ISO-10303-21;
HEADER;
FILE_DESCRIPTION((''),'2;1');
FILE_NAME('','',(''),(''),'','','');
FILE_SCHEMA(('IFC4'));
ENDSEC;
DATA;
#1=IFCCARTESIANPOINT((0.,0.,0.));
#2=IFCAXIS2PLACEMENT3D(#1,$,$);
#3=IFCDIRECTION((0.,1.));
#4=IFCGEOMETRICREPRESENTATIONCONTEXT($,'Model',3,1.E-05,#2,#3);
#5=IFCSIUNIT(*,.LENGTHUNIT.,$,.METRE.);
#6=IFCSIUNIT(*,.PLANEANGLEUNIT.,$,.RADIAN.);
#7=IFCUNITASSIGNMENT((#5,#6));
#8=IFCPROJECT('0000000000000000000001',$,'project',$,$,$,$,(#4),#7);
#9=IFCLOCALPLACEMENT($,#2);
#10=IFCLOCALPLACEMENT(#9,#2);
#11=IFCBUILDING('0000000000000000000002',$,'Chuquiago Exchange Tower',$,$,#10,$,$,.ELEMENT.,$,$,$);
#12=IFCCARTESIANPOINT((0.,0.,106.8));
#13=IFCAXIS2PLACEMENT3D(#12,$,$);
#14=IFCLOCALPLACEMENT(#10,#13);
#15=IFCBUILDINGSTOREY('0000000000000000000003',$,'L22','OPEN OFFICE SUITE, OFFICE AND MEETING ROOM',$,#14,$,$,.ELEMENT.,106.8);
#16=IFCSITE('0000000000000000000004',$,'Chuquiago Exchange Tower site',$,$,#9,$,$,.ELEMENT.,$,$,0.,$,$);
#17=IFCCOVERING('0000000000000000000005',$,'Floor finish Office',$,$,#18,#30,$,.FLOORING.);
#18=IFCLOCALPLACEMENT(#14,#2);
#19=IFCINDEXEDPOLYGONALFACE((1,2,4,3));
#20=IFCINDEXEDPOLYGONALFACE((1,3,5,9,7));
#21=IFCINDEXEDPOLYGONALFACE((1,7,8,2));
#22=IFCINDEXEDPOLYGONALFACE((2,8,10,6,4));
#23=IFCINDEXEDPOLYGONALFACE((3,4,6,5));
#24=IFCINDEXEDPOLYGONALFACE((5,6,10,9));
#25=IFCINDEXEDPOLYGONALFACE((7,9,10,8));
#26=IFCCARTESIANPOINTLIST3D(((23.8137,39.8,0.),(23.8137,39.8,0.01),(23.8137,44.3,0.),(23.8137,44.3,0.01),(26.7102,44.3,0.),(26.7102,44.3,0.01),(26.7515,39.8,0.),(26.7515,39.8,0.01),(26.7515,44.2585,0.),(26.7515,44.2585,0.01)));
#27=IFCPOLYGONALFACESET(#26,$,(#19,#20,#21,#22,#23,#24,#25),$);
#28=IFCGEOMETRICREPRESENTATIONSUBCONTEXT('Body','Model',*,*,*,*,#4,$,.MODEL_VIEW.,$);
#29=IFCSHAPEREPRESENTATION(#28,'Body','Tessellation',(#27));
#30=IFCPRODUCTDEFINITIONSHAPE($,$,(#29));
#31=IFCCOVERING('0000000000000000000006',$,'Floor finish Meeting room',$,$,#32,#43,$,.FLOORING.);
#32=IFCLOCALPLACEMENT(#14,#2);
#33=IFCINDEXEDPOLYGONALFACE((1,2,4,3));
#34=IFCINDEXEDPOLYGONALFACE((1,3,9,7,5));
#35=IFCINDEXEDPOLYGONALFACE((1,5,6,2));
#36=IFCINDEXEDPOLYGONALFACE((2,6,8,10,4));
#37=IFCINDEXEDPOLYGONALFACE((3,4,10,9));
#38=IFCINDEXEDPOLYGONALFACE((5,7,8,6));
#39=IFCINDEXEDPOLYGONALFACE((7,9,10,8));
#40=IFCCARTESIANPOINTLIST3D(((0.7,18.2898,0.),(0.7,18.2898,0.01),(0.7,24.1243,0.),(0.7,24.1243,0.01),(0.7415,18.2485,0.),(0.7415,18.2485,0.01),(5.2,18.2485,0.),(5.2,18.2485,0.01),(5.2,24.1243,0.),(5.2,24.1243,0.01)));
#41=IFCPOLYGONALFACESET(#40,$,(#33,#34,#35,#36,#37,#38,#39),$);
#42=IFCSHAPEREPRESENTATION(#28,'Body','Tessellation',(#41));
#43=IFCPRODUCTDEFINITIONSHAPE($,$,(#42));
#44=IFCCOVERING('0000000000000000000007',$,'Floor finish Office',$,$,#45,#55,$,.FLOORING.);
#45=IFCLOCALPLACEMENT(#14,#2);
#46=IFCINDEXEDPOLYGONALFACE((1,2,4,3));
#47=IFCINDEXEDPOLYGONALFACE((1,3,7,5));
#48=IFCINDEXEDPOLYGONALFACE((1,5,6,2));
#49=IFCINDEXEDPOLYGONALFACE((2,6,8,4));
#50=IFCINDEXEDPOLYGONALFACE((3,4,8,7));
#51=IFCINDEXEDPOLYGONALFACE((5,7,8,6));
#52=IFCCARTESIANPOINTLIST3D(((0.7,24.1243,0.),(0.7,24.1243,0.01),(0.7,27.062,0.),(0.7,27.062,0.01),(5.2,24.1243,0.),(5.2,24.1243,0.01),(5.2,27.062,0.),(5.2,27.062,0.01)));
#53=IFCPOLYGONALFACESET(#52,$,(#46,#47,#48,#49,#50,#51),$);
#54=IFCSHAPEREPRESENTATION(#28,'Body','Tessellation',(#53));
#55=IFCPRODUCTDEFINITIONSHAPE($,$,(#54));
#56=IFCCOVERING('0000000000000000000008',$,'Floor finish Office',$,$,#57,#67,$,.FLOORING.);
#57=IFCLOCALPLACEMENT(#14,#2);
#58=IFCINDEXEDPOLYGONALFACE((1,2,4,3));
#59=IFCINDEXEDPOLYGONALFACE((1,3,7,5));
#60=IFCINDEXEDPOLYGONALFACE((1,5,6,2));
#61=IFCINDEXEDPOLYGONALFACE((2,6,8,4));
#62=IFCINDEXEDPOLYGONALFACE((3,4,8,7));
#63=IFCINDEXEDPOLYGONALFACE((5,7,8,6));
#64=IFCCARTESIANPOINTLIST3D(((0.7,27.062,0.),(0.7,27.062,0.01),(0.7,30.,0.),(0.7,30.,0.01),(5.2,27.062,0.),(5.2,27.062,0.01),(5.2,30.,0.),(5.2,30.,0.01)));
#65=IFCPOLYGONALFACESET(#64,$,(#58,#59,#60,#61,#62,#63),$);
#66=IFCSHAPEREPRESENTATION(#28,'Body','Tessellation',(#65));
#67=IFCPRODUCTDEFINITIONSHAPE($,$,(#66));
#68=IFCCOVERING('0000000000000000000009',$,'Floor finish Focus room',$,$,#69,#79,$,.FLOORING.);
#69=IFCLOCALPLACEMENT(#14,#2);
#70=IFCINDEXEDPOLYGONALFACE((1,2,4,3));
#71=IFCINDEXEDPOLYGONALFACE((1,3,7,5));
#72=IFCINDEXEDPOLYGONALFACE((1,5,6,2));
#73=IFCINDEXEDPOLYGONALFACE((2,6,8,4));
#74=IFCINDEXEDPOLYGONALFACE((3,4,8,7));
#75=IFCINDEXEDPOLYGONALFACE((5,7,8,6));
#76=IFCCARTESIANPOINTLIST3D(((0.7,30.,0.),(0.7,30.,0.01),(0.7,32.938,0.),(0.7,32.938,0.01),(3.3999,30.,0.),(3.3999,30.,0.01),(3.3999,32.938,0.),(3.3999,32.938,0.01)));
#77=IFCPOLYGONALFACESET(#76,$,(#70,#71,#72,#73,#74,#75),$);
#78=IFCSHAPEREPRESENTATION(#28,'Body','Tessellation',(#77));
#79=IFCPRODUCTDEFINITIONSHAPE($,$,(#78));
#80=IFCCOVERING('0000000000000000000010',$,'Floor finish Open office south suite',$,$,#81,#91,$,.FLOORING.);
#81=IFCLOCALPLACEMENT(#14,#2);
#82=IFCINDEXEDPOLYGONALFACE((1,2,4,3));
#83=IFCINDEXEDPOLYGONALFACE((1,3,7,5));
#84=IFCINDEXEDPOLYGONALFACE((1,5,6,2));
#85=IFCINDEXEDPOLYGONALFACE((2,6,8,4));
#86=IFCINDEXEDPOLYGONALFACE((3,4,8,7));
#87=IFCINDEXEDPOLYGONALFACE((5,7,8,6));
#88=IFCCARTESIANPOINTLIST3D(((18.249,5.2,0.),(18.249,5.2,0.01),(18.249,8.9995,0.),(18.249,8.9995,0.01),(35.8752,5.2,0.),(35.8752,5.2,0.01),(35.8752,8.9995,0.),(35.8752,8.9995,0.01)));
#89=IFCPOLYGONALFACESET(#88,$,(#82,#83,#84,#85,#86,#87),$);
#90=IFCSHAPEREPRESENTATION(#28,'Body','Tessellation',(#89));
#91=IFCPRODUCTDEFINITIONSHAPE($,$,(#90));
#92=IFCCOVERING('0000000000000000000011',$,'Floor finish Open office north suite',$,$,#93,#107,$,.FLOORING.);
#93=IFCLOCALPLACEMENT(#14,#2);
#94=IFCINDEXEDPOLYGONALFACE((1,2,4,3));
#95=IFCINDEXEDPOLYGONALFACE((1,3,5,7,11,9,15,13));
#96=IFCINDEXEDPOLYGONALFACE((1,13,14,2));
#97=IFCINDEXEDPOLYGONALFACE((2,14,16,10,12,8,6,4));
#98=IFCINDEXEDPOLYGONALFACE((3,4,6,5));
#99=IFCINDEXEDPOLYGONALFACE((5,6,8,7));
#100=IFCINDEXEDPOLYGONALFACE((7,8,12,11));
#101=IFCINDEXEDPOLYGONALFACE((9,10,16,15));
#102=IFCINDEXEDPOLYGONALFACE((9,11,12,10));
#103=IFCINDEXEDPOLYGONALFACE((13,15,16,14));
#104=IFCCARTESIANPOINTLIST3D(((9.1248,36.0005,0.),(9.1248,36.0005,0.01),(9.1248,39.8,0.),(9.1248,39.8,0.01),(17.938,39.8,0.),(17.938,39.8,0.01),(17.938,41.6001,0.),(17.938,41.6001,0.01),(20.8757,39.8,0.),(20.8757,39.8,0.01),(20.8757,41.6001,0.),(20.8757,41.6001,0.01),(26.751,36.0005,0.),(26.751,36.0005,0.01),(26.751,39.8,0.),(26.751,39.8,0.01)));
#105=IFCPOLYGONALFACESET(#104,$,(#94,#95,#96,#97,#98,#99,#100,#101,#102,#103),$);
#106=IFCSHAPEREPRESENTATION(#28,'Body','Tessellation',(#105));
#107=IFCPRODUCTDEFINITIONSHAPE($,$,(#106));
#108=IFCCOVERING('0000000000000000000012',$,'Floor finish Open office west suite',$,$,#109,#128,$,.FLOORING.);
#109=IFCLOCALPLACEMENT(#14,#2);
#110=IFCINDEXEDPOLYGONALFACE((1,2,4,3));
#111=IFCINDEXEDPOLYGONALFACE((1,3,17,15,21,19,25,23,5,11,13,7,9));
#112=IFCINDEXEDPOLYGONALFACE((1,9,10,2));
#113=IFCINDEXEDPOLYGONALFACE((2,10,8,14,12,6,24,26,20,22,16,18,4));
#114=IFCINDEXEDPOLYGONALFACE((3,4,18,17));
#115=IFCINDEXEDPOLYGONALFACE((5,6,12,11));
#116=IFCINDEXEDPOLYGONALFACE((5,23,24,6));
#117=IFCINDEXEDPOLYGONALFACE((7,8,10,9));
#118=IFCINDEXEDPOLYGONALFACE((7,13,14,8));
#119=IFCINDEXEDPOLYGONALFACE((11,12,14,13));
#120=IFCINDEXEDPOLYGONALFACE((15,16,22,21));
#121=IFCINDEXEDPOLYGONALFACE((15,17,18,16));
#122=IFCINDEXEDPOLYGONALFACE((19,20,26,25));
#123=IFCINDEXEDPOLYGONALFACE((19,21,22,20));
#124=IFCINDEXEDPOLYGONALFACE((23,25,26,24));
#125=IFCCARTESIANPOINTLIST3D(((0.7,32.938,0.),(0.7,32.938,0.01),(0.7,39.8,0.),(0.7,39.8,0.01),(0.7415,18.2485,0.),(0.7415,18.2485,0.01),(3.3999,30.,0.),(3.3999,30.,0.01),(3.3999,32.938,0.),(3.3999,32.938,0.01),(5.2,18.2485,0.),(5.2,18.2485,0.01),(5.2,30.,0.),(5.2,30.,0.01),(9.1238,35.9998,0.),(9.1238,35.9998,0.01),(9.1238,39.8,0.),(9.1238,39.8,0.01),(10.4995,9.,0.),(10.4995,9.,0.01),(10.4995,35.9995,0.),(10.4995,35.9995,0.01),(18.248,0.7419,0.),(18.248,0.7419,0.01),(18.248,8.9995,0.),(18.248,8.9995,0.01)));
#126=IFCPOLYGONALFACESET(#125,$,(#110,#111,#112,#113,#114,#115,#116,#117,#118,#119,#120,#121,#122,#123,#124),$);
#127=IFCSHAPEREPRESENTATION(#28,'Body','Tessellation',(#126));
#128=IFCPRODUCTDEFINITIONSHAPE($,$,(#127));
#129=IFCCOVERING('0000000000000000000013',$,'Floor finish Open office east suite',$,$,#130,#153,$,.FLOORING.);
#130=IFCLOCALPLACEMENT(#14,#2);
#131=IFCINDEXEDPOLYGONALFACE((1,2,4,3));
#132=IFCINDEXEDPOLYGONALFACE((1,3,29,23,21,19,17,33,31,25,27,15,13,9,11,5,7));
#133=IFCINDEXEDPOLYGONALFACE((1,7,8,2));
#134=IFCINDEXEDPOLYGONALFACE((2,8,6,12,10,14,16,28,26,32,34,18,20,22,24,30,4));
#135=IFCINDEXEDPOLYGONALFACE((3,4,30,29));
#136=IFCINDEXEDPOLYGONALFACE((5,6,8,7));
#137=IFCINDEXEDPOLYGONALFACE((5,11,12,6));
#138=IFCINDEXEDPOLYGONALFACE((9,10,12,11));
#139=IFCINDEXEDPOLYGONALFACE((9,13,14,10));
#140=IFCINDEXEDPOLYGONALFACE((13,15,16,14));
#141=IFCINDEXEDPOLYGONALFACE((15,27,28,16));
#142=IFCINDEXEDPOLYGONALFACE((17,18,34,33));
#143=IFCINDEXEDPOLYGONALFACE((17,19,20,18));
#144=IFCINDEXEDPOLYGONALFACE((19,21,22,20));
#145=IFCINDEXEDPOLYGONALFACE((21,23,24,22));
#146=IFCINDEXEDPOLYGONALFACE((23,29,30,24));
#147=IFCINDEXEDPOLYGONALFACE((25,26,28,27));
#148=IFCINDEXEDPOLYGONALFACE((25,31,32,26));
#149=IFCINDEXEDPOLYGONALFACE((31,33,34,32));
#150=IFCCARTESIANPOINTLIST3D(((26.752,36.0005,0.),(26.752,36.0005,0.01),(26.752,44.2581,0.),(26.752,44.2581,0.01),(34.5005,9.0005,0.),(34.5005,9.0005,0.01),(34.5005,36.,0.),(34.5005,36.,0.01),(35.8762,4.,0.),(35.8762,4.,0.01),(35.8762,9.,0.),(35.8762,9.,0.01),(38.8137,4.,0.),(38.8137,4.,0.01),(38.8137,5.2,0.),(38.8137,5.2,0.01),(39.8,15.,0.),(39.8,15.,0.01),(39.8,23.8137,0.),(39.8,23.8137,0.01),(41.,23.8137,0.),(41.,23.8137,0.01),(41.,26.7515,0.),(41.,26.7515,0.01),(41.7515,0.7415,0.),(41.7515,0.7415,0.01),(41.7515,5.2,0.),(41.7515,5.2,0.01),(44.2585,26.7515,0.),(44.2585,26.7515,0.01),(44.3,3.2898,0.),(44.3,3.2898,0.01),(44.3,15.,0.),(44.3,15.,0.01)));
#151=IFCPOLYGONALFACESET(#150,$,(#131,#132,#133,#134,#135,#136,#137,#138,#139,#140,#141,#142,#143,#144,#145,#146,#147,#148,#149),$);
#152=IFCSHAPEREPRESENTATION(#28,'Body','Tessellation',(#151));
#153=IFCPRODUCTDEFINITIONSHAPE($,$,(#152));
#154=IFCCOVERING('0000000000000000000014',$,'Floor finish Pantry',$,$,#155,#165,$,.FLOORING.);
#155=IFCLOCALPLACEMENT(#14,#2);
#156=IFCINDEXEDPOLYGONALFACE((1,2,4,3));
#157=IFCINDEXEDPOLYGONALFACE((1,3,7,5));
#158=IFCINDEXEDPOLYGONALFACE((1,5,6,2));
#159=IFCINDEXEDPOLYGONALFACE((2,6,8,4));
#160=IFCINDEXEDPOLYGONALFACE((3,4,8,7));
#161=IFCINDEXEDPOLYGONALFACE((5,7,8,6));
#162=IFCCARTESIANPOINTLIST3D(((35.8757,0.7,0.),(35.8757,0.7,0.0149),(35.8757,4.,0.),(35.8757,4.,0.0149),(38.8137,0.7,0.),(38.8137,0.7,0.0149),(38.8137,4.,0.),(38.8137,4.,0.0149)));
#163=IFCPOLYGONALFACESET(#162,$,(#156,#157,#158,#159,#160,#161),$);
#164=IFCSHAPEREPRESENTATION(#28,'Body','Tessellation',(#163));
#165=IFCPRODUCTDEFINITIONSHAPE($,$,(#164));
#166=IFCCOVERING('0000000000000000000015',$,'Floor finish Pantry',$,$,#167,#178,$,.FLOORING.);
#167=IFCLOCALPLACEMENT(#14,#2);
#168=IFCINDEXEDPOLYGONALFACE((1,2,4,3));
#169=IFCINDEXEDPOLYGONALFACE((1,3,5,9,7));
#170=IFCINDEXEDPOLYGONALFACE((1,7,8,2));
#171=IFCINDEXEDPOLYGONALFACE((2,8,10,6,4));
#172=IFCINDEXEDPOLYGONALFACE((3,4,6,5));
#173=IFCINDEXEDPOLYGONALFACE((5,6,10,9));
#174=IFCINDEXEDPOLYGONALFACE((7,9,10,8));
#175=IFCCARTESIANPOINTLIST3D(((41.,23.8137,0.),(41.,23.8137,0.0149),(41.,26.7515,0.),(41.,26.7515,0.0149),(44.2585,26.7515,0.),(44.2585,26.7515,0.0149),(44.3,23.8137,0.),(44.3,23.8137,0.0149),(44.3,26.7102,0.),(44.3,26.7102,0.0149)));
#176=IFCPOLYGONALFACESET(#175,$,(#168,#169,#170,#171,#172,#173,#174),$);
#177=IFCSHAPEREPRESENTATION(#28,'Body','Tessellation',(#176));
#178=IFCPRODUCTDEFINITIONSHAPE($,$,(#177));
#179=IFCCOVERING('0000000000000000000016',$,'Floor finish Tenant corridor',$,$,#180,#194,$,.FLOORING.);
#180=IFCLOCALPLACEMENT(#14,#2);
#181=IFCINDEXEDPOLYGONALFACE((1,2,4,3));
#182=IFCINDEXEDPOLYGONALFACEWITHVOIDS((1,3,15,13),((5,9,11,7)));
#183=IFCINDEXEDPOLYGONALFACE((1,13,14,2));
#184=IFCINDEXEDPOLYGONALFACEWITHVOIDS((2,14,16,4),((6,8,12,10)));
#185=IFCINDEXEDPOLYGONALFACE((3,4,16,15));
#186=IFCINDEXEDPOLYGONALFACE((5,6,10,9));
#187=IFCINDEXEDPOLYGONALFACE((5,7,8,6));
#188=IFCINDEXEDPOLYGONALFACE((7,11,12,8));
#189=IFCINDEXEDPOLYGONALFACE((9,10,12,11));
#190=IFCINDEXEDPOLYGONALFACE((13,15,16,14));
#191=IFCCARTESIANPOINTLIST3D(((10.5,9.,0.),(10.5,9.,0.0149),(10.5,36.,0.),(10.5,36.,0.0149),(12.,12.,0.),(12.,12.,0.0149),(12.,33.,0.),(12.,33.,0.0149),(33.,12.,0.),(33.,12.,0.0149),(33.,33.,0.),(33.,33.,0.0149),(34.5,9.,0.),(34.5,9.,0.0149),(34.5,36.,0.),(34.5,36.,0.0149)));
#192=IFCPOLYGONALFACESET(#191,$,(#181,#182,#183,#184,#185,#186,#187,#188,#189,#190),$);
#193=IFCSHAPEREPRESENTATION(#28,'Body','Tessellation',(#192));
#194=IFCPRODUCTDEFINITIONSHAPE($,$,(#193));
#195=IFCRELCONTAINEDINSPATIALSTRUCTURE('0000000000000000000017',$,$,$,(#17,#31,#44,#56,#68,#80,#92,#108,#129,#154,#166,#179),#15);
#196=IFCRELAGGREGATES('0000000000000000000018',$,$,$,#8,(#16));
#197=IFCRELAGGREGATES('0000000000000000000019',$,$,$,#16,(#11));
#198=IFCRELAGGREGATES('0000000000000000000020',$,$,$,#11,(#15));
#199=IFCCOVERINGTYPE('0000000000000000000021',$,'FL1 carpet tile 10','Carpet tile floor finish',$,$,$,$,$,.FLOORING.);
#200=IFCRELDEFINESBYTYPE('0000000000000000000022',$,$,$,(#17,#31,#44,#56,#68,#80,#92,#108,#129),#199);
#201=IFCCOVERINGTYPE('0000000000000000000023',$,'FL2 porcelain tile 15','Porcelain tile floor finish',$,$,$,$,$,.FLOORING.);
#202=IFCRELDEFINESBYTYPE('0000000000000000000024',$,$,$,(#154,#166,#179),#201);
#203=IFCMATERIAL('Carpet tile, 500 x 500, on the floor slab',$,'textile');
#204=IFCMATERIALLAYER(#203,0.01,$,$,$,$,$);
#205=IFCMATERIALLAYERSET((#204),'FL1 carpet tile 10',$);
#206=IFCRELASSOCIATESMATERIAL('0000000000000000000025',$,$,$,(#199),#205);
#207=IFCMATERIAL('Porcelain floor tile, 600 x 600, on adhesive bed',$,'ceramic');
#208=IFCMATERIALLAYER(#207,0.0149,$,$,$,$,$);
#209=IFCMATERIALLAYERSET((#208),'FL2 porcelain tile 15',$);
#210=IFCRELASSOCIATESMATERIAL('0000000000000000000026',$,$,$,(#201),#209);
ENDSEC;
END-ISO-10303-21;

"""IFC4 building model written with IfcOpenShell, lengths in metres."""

from ifc_helpers import new_model, si_unit, direction, frame, origin, place, context, subcontext, project, spatial, polyline, outline, extrude, material, layer, layer_set, type_object, element, save


model = new_model("IFC4")

# Units and contexts
model_context = context("Model", 3, precision=1e-05, world=origin(), true_north=direction((0.0, 1.0)))
body_context = subcontext(model_context, "Body", "Model", "MODEL_VIEW")
ifc_project = project(units=[si_unit("LENGTHUNIT", "METRE"), si_unit("PLANEANGLEUNIT", "RADIAN")], contexts=[model_context])

# Site, building, storey
site_placement = place(None, origin())
site = spatial("IfcSite", under=ifc_project, at=site_placement, Name="Chuquiago Exchange Tower site", CompositionType="ELEMENT", RefElevation=0.0)
building_placement = place(site_placement, origin())
building = spatial("IfcBuilding", under=site, at=building_placement, Name="Chuquiago Exchange Tower", CompositionType="ELEMENT")
storey_placement = place(building_placement, frame((0.0, 0.0, 106.8)))
storey = spatial("IfcBuildingStorey", under=building, at=storey_placement, Name="L22", Description="OPEN OFFICE SUITE, OFFICE AND MEETING ROOM", CompositionType="ELEMENT", Elevation=106.8)

# Coverings
ifc_material_1 = material(Name="Carpet tile, 500 x 500, on the floor slab", Category="textile")
ifc_layer_1 = layer(ifc_material_1, 0.01)
ifc_layer_set_1 = layer_set([ifc_layer_1], Name="FL1 carpet tile 10")
covering_type_1 = type_object("IfcCoveringType", Name="FL1 carpet tile 10", Description="Carpet tile floor finish", PredefinedType="FLOORING", material=ifc_layer_set_1)
covering_1_placement = place(storey_placement, origin())
element("IfcCovering", 1, at=covering_1_placement, inside=storey, type_object=covering_type_1, Name="Floor finish Office", PredefinedType="FLOORING", context=body_context, shape_type="SweptSolid", body=[
    extrude(outline(polyline([(26.7102, 44.3), (26.7515, 44.2585), (26.7515, 39.8), (23.8137, 39.8), (23.8137, 44.3), (26.7102, 44.3)])), origin(), (0.0, 0.0, 1.0), 0.01),
])
covering_2_placement = place(storey_placement, origin())
element("IfcCovering", 2, at=covering_2_placement, inside=storey, type_object=covering_type_1, Name="Floor finish Meeting room", PredefinedType="FLOORING", context=body_context, shape_type="SweptSolid", body=[
    extrude(outline(polyline([(0.7, 24.1243), (5.2, 24.1243), (5.2, 18.2485), (0.7415, 18.2485), (0.7, 18.2898), (0.7, 24.1243)])), origin(), (0.0, 0.0, 1.0), 0.01),
])
covering_3_placement = place(storey_placement, origin())
element("IfcCovering", 3, at=covering_3_placement, inside=storey, type_object=covering_type_1, Name="Floor finish Office", PredefinedType="FLOORING", context=body_context, shape_type="SweptSolid", body=[
    extrude(outline(polyline([(0.7, 27.062), (5.2, 27.062), (5.2, 24.1243), (0.7, 24.1243), (0.7, 27.062)])), origin(), (0.0, 0.0, 1.0), 0.01),
])
covering_4_placement = place(storey_placement, origin())
element("IfcCovering", 4, at=covering_4_placement, inside=storey, type_object=covering_type_1, Name="Floor finish Office", PredefinedType="FLOORING", context=body_context, shape_type="SweptSolid", body=[
    extrude(outline(polyline([(0.7, 30.0), (5.2, 30.0), (5.2, 27.062), (0.7, 27.062), (0.7, 30.0)])), origin(), (0.0, 0.0, 1.0), 0.01),
])
covering_5_placement = place(storey_placement, origin())
element("IfcCovering", 5, at=covering_5_placement, inside=storey, type_object=covering_type_1, Name="Floor finish Focus room", PredefinedType="FLOORING", context=body_context, shape_type="SweptSolid", body=[
    extrude(outline(polyline([(0.7, 32.938), (3.3999, 32.938), (3.3999, 30.0), (0.7, 30.0), (0.7, 32.938)])), origin(), (0.0, 0.0, 1.0), 0.01),
])
covering_6_placement = place(storey_placement, origin())
element("IfcCovering", 6, at=covering_6_placement, inside=storey, type_object=covering_type_1, Name="Floor finish Open office south suite", PredefinedType="FLOORING", context=body_context, shape_type="SweptSolid", body=[
    extrude(outline(polyline([(35.8752, 5.2), (18.249, 5.2), (18.249, 8.9995), (35.8752, 8.9995), (35.8752, 5.2)])), origin(), (0.0, 0.0, 1.0), 0.01),
])
covering_7_placement = place(storey_placement, origin())
element("IfcCovering", 7, at=covering_7_placement, inside=storey, type_object=covering_type_1, Name="Floor finish Open office north suite", PredefinedType="FLOORING", context=body_context, shape_type="SweptSolid", body=[
    extrude(outline(polyline([(9.1248, 39.8), (17.938, 39.8), (17.938, 41.6001), (20.8757, 41.6001), (20.8757, 39.8), (26.751, 39.8), (26.751, 36.0005), (9.1248, 36.0005), (9.1248, 39.8)])), origin(), (0.0, 0.0, 1.0), 0.01),
])
covering_8_placement = place(storey_placement, origin())
element("IfcCovering", 8, at=covering_8_placement, inside=storey, type_object=covering_type_1, Name="Floor finish Open office west suite", PredefinedType="FLOORING", context=body_context, shape_type="SweptSolid", body=[
    extrude(outline(polyline([(0.7, 39.8), (9.1238, 39.8), (9.1238, 35.9998), (10.4995, 35.9995), (10.4995, 9.0), (18.248, 8.9995), (18.248, 0.7419), (0.7415, 18.2485), (5.2, 18.2485), (5.2, 30.0), (3.3999, 30.0), (3.3999, 32.938), (0.7, 32.938), (0.7, 39.8)])), origin(), (0.0, 0.0, 1.0), 0.01),
])
covering_9_placement = place(storey_placement, origin())
element("IfcCovering", 9, at=covering_9_placement, inside=storey, type_object=covering_type_1, Name="Floor finish Open office east suite", PredefinedType="FLOORING", context=body_context, shape_type="SweptSolid", body=[
    extrude(outline(polyline([(44.2585, 26.7515), (41.0, 26.7515), (41.0, 23.8137), (39.8, 23.8137), (39.8, 15.0), (44.3, 15.0), (44.3, 3.2898), (41.7515, 0.7415), (41.7515, 5.2), (38.8137, 5.2), (38.8137, 4.0), (35.8762, 4.0), (35.8762, 9.0), (34.5005, 9.0005), (34.5005, 36.0), (26.752, 36.0005), (26.752, 44.2581), (44.2585, 26.7515)])), origin(), (0.0, 0.0, 1.0), 0.01),
])
ifc_material_2 = material(Name="Porcelain floor tile, 600 x 600, on adhesive bed", Category="ceramic")
ifc_layer_2 = layer(ifc_material_2, 0.0149)
ifc_layer_set_2 = layer_set([ifc_layer_2], Name="FL2 porcelain tile 15")
covering_type_2 = type_object("IfcCoveringType", Name="FL2 porcelain tile 15", Description="Porcelain tile floor finish", PredefinedType="FLOORING", material=ifc_layer_set_2)
covering_10_placement = place(storey_placement, origin())
element("IfcCovering", 10, at=covering_10_placement, inside=storey, type_object=covering_type_2, Name="Floor finish Pantry", PredefinedType="FLOORING", context=body_context, shape_type="SweptSolid", body=[
    extrude(outline(polyline([(35.8757, 0.7), (35.8757, 4.0), (38.8137, 4.0), (38.8137, 0.7), (35.8757, 0.7)])), origin(), (0.0, 0.0, 1.0), 0.0149),
])
covering_11_placement = place(storey_placement, origin())
element("IfcCovering", 11, at=covering_11_placement, inside=storey, type_object=covering_type_2, Name="Floor finish Pantry", PredefinedType="FLOORING", context=body_context, shape_type="SweptSolid", body=[
    extrude(outline(polyline([(44.3, 26.7102), (44.3, 23.8137), (41.0, 23.8137), (41.0, 26.7515), (44.2585, 26.7515), (44.3, 26.7102)])), origin(), (0.0, 0.0, 1.0), 0.0149),
])
covering_12_placement = place(storey_placement, origin())
element("IfcCovering", 12, at=covering_12_placement, inside=storey, type_object=covering_type_2, Name="Floor finish Tenant corridor", PredefinedType="FLOORING", context=body_context, shape_type="SweptSolid", body=[
    extrude(outline(polyline([(10.5, 9.0), (10.5, 36.0), (34.5, 36.0), (34.5, 9.0), (10.5, 9.0)]), holes=[polyline([(12.0, 33.0), (12.0, 12.0), (33.0, 12.0), (33.0, 33.0), (12.0, 33.0)])]), origin(), (0.0, 0.0, 1.0), 0.0149),
])

save(model, "model.ifc")
